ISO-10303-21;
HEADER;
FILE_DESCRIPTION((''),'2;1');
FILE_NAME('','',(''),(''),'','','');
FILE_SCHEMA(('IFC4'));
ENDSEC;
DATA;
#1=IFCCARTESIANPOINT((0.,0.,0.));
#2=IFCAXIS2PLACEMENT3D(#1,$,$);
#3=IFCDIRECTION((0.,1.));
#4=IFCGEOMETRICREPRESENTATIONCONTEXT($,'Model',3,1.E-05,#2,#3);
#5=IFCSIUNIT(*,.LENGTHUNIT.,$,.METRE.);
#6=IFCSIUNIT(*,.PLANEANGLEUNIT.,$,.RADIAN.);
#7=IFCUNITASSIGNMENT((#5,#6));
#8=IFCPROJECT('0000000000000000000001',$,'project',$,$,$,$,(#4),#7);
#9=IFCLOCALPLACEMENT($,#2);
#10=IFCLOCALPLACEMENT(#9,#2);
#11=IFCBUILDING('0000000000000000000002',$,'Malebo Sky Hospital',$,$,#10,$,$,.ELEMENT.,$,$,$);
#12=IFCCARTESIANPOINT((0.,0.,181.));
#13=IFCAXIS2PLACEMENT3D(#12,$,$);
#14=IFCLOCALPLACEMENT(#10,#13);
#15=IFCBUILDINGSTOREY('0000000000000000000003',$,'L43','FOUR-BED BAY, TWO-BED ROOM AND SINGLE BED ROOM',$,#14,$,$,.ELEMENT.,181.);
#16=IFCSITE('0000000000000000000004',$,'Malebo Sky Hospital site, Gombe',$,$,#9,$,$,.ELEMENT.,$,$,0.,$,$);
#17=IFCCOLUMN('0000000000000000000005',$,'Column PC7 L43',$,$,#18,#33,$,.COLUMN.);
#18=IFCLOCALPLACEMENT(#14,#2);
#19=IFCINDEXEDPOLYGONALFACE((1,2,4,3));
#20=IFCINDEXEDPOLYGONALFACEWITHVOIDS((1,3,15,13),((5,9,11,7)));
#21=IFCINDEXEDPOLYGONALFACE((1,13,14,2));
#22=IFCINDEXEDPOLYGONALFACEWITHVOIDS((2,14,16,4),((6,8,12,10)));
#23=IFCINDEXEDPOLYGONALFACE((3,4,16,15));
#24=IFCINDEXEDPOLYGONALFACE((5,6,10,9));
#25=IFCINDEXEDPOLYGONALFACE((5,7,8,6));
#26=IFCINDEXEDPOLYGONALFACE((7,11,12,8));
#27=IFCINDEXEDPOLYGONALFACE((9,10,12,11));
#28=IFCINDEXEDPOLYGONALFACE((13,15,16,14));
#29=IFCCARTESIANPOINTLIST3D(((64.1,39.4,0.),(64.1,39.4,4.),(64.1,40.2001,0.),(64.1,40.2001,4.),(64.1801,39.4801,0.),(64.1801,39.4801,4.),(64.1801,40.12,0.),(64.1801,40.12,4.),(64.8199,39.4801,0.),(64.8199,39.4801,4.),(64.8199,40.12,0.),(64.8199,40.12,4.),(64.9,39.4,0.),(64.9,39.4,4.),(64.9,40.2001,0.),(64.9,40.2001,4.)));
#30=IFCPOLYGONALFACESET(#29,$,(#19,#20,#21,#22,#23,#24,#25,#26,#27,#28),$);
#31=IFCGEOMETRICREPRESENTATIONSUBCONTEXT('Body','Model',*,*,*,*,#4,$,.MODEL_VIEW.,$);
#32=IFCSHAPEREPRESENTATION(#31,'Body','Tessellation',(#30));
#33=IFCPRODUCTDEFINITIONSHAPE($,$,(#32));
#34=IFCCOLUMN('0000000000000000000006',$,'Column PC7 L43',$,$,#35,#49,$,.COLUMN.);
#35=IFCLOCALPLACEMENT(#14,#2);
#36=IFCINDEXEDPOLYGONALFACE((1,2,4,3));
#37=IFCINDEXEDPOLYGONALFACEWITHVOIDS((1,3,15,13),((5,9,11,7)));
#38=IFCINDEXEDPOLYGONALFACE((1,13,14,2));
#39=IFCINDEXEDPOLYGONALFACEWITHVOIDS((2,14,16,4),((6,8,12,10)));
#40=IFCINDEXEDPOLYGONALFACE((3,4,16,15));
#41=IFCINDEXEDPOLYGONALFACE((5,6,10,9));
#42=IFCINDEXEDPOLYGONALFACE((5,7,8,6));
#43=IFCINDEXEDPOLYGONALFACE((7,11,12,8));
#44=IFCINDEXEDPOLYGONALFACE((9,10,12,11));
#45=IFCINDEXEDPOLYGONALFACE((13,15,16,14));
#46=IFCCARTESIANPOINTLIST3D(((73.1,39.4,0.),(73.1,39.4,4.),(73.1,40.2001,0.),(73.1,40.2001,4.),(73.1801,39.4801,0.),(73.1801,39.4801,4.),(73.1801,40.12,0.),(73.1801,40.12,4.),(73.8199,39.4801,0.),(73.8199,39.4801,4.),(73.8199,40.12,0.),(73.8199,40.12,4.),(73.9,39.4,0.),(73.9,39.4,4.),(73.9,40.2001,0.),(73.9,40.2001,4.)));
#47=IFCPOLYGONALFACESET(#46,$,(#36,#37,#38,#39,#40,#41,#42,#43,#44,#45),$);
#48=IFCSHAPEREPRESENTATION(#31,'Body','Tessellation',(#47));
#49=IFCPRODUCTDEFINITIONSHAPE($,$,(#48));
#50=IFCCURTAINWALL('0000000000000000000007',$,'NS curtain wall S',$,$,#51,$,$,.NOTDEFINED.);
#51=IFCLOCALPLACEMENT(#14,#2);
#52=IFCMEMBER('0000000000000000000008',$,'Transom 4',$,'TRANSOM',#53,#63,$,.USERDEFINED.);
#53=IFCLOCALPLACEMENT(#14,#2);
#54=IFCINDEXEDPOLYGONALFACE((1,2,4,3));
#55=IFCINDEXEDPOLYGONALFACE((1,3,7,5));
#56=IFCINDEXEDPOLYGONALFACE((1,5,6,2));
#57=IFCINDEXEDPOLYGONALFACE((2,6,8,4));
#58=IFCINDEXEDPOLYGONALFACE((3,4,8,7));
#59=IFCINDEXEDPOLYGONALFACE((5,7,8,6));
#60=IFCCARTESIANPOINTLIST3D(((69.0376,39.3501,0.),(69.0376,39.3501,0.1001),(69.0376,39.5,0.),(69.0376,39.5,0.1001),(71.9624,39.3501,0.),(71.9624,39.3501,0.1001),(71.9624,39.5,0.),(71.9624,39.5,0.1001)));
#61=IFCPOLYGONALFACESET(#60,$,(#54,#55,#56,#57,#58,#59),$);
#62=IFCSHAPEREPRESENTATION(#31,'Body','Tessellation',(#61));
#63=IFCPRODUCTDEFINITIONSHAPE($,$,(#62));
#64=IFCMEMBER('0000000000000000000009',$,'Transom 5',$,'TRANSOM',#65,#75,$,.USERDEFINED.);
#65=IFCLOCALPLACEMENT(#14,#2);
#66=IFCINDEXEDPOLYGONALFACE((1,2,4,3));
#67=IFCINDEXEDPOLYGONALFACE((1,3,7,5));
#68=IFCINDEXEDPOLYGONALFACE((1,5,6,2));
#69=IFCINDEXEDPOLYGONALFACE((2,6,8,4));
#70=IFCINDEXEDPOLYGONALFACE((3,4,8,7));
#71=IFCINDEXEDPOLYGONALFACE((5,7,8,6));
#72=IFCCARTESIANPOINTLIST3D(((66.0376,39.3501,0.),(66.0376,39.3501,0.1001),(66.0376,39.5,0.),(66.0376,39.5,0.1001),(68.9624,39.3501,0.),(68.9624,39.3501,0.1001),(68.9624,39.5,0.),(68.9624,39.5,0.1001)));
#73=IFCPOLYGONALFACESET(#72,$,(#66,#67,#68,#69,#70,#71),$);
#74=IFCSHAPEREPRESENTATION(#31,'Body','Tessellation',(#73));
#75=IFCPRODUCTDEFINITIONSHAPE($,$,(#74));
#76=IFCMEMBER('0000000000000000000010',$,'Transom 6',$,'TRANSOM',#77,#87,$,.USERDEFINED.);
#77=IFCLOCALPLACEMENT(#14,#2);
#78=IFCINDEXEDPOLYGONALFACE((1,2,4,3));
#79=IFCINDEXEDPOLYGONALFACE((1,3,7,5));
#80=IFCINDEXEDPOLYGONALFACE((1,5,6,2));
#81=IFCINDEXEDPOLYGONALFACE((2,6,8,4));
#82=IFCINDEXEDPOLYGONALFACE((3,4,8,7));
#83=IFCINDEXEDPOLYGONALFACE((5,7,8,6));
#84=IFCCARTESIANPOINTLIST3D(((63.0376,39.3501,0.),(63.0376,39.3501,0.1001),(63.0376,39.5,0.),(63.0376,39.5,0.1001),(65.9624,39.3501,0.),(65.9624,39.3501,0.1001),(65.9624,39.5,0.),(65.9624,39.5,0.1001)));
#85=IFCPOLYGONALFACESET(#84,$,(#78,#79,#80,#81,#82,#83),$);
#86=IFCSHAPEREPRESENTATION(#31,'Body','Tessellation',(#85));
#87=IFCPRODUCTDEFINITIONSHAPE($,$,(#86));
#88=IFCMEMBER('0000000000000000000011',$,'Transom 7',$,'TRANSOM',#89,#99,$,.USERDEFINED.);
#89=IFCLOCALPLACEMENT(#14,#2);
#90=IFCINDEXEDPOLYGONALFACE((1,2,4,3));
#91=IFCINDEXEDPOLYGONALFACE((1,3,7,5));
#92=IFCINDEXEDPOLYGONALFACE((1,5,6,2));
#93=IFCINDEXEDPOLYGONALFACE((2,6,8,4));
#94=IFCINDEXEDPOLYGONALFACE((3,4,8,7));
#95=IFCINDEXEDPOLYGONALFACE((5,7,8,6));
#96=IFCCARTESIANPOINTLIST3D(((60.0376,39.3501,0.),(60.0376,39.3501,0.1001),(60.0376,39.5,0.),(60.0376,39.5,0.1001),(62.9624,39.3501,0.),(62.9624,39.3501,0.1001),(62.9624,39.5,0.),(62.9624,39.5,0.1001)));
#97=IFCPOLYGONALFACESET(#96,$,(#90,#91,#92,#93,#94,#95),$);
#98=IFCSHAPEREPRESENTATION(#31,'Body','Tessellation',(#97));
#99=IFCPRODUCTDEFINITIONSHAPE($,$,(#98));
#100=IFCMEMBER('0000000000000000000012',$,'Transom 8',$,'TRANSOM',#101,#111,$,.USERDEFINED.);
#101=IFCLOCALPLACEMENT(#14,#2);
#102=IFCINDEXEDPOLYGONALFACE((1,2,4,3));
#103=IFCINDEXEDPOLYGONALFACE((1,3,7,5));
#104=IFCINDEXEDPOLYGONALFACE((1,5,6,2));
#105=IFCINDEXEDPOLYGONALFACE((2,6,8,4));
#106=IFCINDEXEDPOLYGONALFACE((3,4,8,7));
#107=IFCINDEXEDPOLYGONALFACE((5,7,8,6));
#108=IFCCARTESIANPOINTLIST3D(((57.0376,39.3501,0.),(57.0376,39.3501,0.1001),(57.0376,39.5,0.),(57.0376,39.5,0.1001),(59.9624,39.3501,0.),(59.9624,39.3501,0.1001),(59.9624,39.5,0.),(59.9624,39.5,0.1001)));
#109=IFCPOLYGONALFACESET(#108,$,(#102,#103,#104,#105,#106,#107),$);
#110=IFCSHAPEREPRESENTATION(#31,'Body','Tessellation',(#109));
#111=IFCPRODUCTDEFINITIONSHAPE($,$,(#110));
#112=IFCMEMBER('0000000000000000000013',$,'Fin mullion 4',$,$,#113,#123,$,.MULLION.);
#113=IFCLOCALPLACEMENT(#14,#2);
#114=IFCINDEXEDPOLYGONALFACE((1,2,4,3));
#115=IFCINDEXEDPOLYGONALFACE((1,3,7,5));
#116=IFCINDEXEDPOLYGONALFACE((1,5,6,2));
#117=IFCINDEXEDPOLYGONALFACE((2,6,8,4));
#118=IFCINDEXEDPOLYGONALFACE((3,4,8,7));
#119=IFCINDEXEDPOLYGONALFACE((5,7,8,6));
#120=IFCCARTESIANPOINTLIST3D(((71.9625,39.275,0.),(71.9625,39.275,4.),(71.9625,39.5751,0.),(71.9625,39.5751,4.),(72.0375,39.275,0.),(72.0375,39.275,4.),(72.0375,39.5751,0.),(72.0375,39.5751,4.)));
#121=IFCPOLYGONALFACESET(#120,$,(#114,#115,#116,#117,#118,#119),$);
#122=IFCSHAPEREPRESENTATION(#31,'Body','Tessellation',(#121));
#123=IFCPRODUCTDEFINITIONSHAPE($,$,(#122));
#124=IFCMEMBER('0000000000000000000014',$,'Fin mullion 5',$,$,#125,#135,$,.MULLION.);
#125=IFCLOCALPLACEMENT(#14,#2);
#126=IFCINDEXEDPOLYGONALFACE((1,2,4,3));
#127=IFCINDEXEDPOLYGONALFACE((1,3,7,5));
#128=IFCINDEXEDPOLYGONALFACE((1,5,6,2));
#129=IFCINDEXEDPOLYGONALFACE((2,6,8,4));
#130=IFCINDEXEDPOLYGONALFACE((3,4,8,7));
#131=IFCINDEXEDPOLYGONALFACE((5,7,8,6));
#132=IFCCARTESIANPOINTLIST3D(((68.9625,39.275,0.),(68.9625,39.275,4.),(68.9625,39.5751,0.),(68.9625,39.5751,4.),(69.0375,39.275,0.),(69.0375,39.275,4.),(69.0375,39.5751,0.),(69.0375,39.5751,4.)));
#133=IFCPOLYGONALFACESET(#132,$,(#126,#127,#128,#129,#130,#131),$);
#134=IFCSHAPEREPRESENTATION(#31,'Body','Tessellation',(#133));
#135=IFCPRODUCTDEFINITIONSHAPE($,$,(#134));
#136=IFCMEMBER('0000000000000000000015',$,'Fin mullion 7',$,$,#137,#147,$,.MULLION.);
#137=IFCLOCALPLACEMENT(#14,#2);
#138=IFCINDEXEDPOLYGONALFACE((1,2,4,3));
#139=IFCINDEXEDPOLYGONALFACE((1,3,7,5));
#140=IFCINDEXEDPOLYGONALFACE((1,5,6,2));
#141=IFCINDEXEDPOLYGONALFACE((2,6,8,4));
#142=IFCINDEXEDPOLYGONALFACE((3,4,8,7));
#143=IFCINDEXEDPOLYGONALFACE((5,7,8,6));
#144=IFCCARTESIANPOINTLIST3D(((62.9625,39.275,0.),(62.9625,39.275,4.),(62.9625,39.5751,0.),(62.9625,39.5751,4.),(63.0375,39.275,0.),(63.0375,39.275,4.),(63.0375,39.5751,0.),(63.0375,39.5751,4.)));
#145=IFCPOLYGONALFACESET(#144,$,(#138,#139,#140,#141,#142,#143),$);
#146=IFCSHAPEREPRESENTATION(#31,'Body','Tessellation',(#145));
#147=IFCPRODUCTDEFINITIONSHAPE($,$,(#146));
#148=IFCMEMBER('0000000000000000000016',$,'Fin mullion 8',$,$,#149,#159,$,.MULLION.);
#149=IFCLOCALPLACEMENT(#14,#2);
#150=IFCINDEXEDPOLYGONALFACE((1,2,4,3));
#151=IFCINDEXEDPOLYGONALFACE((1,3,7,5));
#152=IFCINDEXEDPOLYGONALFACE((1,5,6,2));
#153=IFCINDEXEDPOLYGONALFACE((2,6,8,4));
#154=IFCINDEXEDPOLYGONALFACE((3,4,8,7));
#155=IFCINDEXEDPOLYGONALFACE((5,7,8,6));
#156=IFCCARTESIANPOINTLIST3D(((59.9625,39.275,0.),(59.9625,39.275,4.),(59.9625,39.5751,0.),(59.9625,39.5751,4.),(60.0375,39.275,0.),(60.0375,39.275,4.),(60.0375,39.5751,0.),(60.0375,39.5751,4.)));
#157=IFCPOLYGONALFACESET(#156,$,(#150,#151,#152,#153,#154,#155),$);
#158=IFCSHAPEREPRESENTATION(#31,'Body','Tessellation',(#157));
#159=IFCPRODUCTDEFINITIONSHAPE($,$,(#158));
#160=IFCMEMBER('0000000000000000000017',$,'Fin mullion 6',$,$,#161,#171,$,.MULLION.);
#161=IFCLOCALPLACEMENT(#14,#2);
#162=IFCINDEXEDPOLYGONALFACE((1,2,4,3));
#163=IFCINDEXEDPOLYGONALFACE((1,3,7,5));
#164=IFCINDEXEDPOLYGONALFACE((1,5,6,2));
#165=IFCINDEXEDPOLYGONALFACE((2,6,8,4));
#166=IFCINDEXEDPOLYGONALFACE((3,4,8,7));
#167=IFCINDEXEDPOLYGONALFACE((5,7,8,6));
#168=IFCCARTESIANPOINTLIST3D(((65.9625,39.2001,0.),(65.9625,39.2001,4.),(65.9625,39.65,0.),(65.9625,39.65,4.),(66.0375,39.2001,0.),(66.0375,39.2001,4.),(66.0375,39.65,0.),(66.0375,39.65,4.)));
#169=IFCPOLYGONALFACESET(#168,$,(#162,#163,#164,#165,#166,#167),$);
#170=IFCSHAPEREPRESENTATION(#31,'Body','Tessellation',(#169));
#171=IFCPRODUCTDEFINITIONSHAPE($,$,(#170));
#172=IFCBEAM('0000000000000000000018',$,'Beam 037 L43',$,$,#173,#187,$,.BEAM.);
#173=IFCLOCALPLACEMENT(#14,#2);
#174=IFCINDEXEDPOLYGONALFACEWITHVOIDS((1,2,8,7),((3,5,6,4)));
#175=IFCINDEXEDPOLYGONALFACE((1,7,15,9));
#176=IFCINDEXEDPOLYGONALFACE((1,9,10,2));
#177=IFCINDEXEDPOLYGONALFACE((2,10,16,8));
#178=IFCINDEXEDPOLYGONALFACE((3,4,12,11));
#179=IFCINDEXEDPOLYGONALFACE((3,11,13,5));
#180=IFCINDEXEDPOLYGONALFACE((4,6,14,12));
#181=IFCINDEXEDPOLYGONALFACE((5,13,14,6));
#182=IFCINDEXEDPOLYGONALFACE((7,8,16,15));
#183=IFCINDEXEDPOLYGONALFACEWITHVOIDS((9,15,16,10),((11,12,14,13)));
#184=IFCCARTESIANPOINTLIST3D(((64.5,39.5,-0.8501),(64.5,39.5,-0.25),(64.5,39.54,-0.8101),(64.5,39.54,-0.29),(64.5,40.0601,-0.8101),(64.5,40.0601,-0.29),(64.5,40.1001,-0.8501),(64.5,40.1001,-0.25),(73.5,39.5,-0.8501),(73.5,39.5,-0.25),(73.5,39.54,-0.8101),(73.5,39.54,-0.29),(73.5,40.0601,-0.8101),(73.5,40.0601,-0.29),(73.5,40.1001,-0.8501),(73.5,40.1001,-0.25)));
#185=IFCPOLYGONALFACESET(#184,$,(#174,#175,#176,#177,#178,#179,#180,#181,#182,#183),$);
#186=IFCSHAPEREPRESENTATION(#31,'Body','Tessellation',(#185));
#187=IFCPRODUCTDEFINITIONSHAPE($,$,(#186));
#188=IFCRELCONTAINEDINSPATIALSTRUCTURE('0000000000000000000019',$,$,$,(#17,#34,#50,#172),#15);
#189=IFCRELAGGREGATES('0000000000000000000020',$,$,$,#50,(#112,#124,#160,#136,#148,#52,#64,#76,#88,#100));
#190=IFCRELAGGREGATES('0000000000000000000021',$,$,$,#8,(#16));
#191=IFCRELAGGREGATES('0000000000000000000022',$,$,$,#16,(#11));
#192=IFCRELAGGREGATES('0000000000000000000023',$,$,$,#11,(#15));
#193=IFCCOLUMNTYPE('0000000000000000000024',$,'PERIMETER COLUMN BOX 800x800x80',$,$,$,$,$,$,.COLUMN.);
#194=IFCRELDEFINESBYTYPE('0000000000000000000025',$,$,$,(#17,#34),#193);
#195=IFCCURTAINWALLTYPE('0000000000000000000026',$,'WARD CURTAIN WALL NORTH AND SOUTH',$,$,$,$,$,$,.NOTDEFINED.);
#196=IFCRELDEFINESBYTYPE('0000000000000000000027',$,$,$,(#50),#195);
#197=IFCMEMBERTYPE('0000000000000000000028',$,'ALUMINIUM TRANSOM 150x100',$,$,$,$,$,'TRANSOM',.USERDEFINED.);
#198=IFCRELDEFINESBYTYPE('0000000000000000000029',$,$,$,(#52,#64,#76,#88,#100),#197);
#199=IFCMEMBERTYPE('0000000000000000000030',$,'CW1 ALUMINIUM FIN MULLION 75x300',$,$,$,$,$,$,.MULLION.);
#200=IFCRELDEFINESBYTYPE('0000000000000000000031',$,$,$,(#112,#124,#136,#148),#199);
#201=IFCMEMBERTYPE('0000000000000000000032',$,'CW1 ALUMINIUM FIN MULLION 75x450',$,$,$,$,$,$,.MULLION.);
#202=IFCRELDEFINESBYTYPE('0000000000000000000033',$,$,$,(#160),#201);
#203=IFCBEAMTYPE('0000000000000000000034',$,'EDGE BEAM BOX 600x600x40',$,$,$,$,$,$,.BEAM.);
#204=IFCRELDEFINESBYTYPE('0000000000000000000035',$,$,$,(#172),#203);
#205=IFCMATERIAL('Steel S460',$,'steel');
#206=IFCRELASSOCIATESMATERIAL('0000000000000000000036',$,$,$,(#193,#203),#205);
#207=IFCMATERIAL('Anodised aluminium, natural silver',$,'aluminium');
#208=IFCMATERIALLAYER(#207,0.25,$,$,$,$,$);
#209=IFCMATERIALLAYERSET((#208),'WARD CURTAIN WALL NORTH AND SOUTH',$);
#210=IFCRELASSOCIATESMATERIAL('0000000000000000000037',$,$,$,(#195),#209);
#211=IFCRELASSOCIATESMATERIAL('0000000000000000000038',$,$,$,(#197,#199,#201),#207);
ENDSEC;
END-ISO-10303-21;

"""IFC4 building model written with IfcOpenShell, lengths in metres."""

from ifc_helpers import new_model, si_unit, direction, frame, origin, origin_2d, place, context, subcontext, project, spatial, rectangle, hollow_rectangle, extrude, material, layer, layer_set, material_profile, profile_set, type_object, element, aggregate, save


model = new_model("IFC4")

# Units and contexts
model_context = context("Model", 3, precision=1e-05, world=origin(), true_north=direction((0.0, 1.0)))
body_context = subcontext(model_context, "Body", "Model", "MODEL_VIEW")
ifc_project = project(units=[si_unit("LENGTHUNIT", "METRE"), si_unit("PLANEANGLEUNIT", "RADIAN")], contexts=[model_context])

# Site, building, storey
site_placement = place(None, origin())
site = spatial("IfcSite", under=ifc_project, at=site_placement, Name="Malebo Sky Hospital site, Gombe", CompositionType="ELEMENT", RefElevation=0.0)
building_placement = place(site_placement, origin())
building = spatial("IfcBuilding", under=site, at=building_placement, Name="Malebo Sky Hospital", CompositionType="ELEMENT")
storey_placement = place(building_placement, frame((0.0, 0.0, 181.0)))
storey = spatial("IfcBuildingStorey", under=building, at=storey_placement, Name="L43", Description="FOUR-BED BAY, TWO-BED ROOM AND SINGLE BED ROOM", CompositionType="ELEMENT", Elevation=181.0)

# Columns
ifc_material_1 = material(Name="Steel S460", Category="steel")
ifc_material_profile_1 = material_profile(ifc_material_1, hollow_rectangle(XDim=0.8, YDim=0.8, WallThickness=0.0801, at=origin_2d()), Name="BOX 800x800x80")
ifc_profile_set_1 = profile_set([ifc_material_profile_1], Name="Steel S460")
column_type = type_object("IfcColumnType", Name="PERIMETER COLUMN BOX 800x800x80", PredefinedType="COLUMN", material=ifc_profile_set_1)
for number, where, z_axis, x_axis, name in (
    (1, (64.5, 39.8, 0.0), (0.0, 0.0, 1.0), (1.0, 0.0, 0.0), "Column PC7 L43"),
    (2, (73.5, 39.8, 0.0), (0.0, 0.0, 1.0), (1.0, 0.0, 0.0), "Column PC7 L43"),
):
    element("IfcColumn", number, at=place(storey_placement, frame(where, z_axis=z_axis, x_axis=x_axis)), inside=storey, type_object=column_type, Name=name, PredefinedType="COLUMN", context=body_context, shape_type="SweptSolid", body=[
        extrude(hollow_rectangle(XDim=0.8, YDim=0.8, WallThickness=0.0801, at=origin_2d()), origin(), (0.0, 0.0, 1.0), 4.0),
    ])

# Curtain wall, members
ifc_material_2 = material(Name="Anodised aluminium, natural silver", Category="aluminium")
ifc_layer_1 = layer(ifc_material_2, 0.25)
ifc_layer_set_1 = layer_set([ifc_layer_1], Name="WARD CURTAIN WALL NORTH AND SOUTH")
curtain_wall_type = type_object("IfcCurtainWallType", Name="WARD CURTAIN WALL NORTH AND SOUTH", PredefinedType="NOTDEFINED", material=ifc_layer_set_1)
curtain_wall_placement = place(storey_placement, origin())
curtain_wall = element("IfcCurtainWall", 3, at=curtain_wall_placement, inside=storey, type_object=curtain_wall_type, Name="NS curtain wall S", PredefinedType="NOTDEFINED")
ifc_material_profile_2 = material_profile(ifc_material_2, rectangle(XDim=0.1499, YDim=0.1001, at=origin_2d()), Name="ALUMINIUM TRANSOM 150x100")
ifc_profile_set_2 = profile_set([ifc_material_profile_2], Name="Anodised aluminium, natural silver")
member_type_1 = type_object("IfcMemberType", Name="ALUMINIUM TRANSOM 150x100", ElementType="TRANSOM", PredefinedType="USERDEFINED", material=ifc_profile_set_2)
member_1_placement = place(storey_placement, frame((71.9624, 39.425, 0.05), z_axis=(-1.0, 0.0, 0.0), x_axis=(0.0, -1.0, 0.0)))
member_1 = element("IfcMember", 4, at=member_1_placement, type_object=member_type_1, Name="Transom 4", ObjectType="TRANSOM", PredefinedType="USERDEFINED", context=body_context, shape_type="SweptSolid", body=[
    extrude(rectangle(XDim=0.1499, YDim=0.1001, at=origin_2d()), origin(), (0.0, 0.0, 1.0), 2.9248),
])
member_2_placement = place(storey_placement, frame((68.9624, 39.425, 0.05), z_axis=(-1.0, 0.0, 0.0), x_axis=(0.0, -1.0, 0.0)))
member_2 = element("IfcMember", 5, at=member_2_placement, type_object=member_type_1, Name="Transom 5", ObjectType="TRANSOM", PredefinedType="USERDEFINED", context=body_context, shape_type="SweptSolid", body=[
    extrude(rectangle(XDim=0.1499, YDim=0.1001, at=origin_2d()), origin(), (0.0, 0.0, 1.0), 2.9248),
])
member_3_placement = place(storey_placement, frame((65.9624, 39.425, 0.05), z_axis=(-1.0, 0.0, 0.0), x_axis=(0.0, -1.0, 0.0)))
member_3 = element("IfcMember", 6, at=member_3_placement, type_object=member_type_1, Name="Transom 6", ObjectType="TRANSOM", PredefinedType="USERDEFINED", context=body_context, shape_type="SweptSolid", body=[
    extrude(rectangle(XDim=0.1499, YDim=0.1001, at=origin_2d()), origin(), (0.0, 0.0, 1.0), 2.9248),
])
member_4_placement = place(storey_placement, frame((62.9624, 39.425, 0.05), z_axis=(-1.0, 0.0, 0.0), x_axis=(0.0, -1.0, 0.0)))
member_4 = element("IfcMember", 7, at=member_4_placement, type_object=member_type_1, Name="Transom 7", ObjectType="TRANSOM", PredefinedType="USERDEFINED", context=body_context, shape_type="SweptSolid", body=[
    extrude(rectangle(XDim=0.1499, YDim=0.1001, at=origin_2d()), origin(), (0.0, 0.0, 1.0), 2.9248),
])
member_5_placement = place(storey_placement, frame((59.9624, 39.425, 0.05), z_axis=(-1.0, 0.0, 0.0), x_axis=(0.0, -1.0, 0.0)))
member_5 = element("IfcMember", 8, at=member_5_placement, type_object=member_type_1, Name="Transom 8", ObjectType="TRANSOM", PredefinedType="USERDEFINED", context=body_context, shape_type="SweptSolid", body=[
    extrude(rectangle(XDim=0.1499, YDim=0.1001, at=origin_2d()), origin(), (0.0, 0.0, 1.0), 2.9248),
])
ifc_material_profile_3 = material_profile(ifc_material_2, rectangle(XDim=0.075, YDim=0.3, at=origin_2d()), Name="CW1 ALUMINIUM FIN MULLION 75x300")
ifc_profile_set_3 = profile_set([ifc_material_profile_3], Name="Anodised aluminium, natural silver")
member_type_2 = type_object("IfcMemberType", Name="CW1 ALUMINIUM FIN MULLION 75x300", PredefinedType="MULLION", material=ifc_profile_set_3)
member_6_placement = place(storey_placement, frame((72.0, 39.425, 0.0), z_axis=(0.0, 0.0, 1.0), x_axis=(-1.0, 0.0, 0.0)))
member_6 = element("IfcMember", 9, at=member_6_placement, type_object=member_type_2, Name="Fin mullion 4", PredefinedType="MULLION", context=body_context, shape_type="SweptSolid", body=[
    extrude(rectangle(XDim=0.075, YDim=0.3, at=origin_2d()), origin(), (0.0, 0.0, 1.0), 4.0),
])
member_7_placement = place(storey_placement, frame((69.0, 39.425, 0.0), z_axis=(0.0, 0.0, 1.0), x_axis=(-1.0, 0.0, 0.0)))
member_7 = element("IfcMember", 10, at=member_7_placement, type_object=member_type_2, Name="Fin mullion 5", PredefinedType="MULLION", context=body_context, shape_type="SweptSolid", body=[
    extrude(rectangle(XDim=0.075, YDim=0.3, at=origin_2d()), origin(), (0.0, 0.0, 1.0), 4.0),
])
member_8_placement = place(storey_placement, frame((63.0, 39.425, 0.0), z_axis=(0.0, 0.0, 1.0), x_axis=(-1.0, 0.0, 0.0)))
member_8 = element("IfcMember", 11, at=member_8_placement, type_object=member_type_2, Name="Fin mullion 7", PredefinedType="MULLION", context=body_context, shape_type="SweptSolid", body=[
    extrude(rectangle(XDim=0.075, YDim=0.3, at=origin_2d()), origin(), (0.0, 0.0, 1.0), 4.0),
])
member_9_placement = place(storey_placement, frame((60.0, 39.425, 0.0), z_axis=(0.0, 0.0, 1.0), x_axis=(-1.0, 0.0, 0.0)))
member_9 = element("IfcMember", 12, at=member_9_placement, type_object=member_type_2, Name="Fin mullion 8", PredefinedType="MULLION", context=body_context, shape_type="SweptSolid", body=[
    extrude(rectangle(XDim=0.075, YDim=0.3, at=origin_2d()), origin(), (0.0, 0.0, 1.0), 4.0),
])
ifc_material_profile_4 = material_profile(ifc_material_2, rectangle(XDim=0.075, YDim=0.45, at=origin_2d()), Name="CW1 ALUMINIUM FIN MULLION 75x450")
ifc_profile_set_4 = profile_set([ifc_material_profile_4], Name="Anodised aluminium, natural silver")
member_type_3 = type_object("IfcMemberType", Name="CW1 ALUMINIUM FIN MULLION 75x450", PredefinedType="MULLION", material=ifc_profile_set_4)
member_10_placement = place(storey_placement, frame((66.0, 39.425, 0.0), z_axis=(0.0, 0.0, 1.0), x_axis=(-1.0, 0.0, 0.0)))
member_10 = element("IfcMember", 13, at=member_10_placement, type_object=member_type_3, Name="Fin mullion 6", PredefinedType="MULLION", context=body_context, shape_type="SweptSolid", body=[
    extrude(rectangle(XDim=0.075, YDim=0.45, at=origin_2d()), origin(), (0.0, 0.0, 1.0), 4.0),
])

# Beam
ifc_material_profile_5 = material_profile(ifc_material_1, hollow_rectangle(XDim=0.6001, YDim=0.6001, WallThickness=0.04, at=origin_2d()), Name="BOX 600x600x40")
ifc_profile_set_5 = profile_set([ifc_material_profile_5], Name="Steel S460")
beam_type_1 = type_object("IfcBeamType", Name="EDGE BEAM BOX 600x600x40", PredefinedType="BEAM", material=ifc_profile_set_5)
beam_1_placement = place(storey_placement, frame((64.5, 39.8, -0.55), z_axis=(1.0, 0.0, 0.0), x_axis=(0.0, 1.0, 0.0)))
element("IfcBeam", 14, at=beam_1_placement, inside=storey, type_object=beam_type_1, Name="Beam 037 L43", PredefinedType="BEAM", context=body_context, shape_type="SweptSolid", body=[
    extrude(hollow_rectangle(XDim=0.6001, YDim=0.6001, WallThickness=0.04, at=origin_2d()), origin(), (0.0, 0.0, 1.0), 9.0),
])

aggregate(curtain_wall, [member_6, member_7, member_10, member_8, member_9, member_1, member_2, member_3, member_4, member_5])

save(model, "model.ifc")
